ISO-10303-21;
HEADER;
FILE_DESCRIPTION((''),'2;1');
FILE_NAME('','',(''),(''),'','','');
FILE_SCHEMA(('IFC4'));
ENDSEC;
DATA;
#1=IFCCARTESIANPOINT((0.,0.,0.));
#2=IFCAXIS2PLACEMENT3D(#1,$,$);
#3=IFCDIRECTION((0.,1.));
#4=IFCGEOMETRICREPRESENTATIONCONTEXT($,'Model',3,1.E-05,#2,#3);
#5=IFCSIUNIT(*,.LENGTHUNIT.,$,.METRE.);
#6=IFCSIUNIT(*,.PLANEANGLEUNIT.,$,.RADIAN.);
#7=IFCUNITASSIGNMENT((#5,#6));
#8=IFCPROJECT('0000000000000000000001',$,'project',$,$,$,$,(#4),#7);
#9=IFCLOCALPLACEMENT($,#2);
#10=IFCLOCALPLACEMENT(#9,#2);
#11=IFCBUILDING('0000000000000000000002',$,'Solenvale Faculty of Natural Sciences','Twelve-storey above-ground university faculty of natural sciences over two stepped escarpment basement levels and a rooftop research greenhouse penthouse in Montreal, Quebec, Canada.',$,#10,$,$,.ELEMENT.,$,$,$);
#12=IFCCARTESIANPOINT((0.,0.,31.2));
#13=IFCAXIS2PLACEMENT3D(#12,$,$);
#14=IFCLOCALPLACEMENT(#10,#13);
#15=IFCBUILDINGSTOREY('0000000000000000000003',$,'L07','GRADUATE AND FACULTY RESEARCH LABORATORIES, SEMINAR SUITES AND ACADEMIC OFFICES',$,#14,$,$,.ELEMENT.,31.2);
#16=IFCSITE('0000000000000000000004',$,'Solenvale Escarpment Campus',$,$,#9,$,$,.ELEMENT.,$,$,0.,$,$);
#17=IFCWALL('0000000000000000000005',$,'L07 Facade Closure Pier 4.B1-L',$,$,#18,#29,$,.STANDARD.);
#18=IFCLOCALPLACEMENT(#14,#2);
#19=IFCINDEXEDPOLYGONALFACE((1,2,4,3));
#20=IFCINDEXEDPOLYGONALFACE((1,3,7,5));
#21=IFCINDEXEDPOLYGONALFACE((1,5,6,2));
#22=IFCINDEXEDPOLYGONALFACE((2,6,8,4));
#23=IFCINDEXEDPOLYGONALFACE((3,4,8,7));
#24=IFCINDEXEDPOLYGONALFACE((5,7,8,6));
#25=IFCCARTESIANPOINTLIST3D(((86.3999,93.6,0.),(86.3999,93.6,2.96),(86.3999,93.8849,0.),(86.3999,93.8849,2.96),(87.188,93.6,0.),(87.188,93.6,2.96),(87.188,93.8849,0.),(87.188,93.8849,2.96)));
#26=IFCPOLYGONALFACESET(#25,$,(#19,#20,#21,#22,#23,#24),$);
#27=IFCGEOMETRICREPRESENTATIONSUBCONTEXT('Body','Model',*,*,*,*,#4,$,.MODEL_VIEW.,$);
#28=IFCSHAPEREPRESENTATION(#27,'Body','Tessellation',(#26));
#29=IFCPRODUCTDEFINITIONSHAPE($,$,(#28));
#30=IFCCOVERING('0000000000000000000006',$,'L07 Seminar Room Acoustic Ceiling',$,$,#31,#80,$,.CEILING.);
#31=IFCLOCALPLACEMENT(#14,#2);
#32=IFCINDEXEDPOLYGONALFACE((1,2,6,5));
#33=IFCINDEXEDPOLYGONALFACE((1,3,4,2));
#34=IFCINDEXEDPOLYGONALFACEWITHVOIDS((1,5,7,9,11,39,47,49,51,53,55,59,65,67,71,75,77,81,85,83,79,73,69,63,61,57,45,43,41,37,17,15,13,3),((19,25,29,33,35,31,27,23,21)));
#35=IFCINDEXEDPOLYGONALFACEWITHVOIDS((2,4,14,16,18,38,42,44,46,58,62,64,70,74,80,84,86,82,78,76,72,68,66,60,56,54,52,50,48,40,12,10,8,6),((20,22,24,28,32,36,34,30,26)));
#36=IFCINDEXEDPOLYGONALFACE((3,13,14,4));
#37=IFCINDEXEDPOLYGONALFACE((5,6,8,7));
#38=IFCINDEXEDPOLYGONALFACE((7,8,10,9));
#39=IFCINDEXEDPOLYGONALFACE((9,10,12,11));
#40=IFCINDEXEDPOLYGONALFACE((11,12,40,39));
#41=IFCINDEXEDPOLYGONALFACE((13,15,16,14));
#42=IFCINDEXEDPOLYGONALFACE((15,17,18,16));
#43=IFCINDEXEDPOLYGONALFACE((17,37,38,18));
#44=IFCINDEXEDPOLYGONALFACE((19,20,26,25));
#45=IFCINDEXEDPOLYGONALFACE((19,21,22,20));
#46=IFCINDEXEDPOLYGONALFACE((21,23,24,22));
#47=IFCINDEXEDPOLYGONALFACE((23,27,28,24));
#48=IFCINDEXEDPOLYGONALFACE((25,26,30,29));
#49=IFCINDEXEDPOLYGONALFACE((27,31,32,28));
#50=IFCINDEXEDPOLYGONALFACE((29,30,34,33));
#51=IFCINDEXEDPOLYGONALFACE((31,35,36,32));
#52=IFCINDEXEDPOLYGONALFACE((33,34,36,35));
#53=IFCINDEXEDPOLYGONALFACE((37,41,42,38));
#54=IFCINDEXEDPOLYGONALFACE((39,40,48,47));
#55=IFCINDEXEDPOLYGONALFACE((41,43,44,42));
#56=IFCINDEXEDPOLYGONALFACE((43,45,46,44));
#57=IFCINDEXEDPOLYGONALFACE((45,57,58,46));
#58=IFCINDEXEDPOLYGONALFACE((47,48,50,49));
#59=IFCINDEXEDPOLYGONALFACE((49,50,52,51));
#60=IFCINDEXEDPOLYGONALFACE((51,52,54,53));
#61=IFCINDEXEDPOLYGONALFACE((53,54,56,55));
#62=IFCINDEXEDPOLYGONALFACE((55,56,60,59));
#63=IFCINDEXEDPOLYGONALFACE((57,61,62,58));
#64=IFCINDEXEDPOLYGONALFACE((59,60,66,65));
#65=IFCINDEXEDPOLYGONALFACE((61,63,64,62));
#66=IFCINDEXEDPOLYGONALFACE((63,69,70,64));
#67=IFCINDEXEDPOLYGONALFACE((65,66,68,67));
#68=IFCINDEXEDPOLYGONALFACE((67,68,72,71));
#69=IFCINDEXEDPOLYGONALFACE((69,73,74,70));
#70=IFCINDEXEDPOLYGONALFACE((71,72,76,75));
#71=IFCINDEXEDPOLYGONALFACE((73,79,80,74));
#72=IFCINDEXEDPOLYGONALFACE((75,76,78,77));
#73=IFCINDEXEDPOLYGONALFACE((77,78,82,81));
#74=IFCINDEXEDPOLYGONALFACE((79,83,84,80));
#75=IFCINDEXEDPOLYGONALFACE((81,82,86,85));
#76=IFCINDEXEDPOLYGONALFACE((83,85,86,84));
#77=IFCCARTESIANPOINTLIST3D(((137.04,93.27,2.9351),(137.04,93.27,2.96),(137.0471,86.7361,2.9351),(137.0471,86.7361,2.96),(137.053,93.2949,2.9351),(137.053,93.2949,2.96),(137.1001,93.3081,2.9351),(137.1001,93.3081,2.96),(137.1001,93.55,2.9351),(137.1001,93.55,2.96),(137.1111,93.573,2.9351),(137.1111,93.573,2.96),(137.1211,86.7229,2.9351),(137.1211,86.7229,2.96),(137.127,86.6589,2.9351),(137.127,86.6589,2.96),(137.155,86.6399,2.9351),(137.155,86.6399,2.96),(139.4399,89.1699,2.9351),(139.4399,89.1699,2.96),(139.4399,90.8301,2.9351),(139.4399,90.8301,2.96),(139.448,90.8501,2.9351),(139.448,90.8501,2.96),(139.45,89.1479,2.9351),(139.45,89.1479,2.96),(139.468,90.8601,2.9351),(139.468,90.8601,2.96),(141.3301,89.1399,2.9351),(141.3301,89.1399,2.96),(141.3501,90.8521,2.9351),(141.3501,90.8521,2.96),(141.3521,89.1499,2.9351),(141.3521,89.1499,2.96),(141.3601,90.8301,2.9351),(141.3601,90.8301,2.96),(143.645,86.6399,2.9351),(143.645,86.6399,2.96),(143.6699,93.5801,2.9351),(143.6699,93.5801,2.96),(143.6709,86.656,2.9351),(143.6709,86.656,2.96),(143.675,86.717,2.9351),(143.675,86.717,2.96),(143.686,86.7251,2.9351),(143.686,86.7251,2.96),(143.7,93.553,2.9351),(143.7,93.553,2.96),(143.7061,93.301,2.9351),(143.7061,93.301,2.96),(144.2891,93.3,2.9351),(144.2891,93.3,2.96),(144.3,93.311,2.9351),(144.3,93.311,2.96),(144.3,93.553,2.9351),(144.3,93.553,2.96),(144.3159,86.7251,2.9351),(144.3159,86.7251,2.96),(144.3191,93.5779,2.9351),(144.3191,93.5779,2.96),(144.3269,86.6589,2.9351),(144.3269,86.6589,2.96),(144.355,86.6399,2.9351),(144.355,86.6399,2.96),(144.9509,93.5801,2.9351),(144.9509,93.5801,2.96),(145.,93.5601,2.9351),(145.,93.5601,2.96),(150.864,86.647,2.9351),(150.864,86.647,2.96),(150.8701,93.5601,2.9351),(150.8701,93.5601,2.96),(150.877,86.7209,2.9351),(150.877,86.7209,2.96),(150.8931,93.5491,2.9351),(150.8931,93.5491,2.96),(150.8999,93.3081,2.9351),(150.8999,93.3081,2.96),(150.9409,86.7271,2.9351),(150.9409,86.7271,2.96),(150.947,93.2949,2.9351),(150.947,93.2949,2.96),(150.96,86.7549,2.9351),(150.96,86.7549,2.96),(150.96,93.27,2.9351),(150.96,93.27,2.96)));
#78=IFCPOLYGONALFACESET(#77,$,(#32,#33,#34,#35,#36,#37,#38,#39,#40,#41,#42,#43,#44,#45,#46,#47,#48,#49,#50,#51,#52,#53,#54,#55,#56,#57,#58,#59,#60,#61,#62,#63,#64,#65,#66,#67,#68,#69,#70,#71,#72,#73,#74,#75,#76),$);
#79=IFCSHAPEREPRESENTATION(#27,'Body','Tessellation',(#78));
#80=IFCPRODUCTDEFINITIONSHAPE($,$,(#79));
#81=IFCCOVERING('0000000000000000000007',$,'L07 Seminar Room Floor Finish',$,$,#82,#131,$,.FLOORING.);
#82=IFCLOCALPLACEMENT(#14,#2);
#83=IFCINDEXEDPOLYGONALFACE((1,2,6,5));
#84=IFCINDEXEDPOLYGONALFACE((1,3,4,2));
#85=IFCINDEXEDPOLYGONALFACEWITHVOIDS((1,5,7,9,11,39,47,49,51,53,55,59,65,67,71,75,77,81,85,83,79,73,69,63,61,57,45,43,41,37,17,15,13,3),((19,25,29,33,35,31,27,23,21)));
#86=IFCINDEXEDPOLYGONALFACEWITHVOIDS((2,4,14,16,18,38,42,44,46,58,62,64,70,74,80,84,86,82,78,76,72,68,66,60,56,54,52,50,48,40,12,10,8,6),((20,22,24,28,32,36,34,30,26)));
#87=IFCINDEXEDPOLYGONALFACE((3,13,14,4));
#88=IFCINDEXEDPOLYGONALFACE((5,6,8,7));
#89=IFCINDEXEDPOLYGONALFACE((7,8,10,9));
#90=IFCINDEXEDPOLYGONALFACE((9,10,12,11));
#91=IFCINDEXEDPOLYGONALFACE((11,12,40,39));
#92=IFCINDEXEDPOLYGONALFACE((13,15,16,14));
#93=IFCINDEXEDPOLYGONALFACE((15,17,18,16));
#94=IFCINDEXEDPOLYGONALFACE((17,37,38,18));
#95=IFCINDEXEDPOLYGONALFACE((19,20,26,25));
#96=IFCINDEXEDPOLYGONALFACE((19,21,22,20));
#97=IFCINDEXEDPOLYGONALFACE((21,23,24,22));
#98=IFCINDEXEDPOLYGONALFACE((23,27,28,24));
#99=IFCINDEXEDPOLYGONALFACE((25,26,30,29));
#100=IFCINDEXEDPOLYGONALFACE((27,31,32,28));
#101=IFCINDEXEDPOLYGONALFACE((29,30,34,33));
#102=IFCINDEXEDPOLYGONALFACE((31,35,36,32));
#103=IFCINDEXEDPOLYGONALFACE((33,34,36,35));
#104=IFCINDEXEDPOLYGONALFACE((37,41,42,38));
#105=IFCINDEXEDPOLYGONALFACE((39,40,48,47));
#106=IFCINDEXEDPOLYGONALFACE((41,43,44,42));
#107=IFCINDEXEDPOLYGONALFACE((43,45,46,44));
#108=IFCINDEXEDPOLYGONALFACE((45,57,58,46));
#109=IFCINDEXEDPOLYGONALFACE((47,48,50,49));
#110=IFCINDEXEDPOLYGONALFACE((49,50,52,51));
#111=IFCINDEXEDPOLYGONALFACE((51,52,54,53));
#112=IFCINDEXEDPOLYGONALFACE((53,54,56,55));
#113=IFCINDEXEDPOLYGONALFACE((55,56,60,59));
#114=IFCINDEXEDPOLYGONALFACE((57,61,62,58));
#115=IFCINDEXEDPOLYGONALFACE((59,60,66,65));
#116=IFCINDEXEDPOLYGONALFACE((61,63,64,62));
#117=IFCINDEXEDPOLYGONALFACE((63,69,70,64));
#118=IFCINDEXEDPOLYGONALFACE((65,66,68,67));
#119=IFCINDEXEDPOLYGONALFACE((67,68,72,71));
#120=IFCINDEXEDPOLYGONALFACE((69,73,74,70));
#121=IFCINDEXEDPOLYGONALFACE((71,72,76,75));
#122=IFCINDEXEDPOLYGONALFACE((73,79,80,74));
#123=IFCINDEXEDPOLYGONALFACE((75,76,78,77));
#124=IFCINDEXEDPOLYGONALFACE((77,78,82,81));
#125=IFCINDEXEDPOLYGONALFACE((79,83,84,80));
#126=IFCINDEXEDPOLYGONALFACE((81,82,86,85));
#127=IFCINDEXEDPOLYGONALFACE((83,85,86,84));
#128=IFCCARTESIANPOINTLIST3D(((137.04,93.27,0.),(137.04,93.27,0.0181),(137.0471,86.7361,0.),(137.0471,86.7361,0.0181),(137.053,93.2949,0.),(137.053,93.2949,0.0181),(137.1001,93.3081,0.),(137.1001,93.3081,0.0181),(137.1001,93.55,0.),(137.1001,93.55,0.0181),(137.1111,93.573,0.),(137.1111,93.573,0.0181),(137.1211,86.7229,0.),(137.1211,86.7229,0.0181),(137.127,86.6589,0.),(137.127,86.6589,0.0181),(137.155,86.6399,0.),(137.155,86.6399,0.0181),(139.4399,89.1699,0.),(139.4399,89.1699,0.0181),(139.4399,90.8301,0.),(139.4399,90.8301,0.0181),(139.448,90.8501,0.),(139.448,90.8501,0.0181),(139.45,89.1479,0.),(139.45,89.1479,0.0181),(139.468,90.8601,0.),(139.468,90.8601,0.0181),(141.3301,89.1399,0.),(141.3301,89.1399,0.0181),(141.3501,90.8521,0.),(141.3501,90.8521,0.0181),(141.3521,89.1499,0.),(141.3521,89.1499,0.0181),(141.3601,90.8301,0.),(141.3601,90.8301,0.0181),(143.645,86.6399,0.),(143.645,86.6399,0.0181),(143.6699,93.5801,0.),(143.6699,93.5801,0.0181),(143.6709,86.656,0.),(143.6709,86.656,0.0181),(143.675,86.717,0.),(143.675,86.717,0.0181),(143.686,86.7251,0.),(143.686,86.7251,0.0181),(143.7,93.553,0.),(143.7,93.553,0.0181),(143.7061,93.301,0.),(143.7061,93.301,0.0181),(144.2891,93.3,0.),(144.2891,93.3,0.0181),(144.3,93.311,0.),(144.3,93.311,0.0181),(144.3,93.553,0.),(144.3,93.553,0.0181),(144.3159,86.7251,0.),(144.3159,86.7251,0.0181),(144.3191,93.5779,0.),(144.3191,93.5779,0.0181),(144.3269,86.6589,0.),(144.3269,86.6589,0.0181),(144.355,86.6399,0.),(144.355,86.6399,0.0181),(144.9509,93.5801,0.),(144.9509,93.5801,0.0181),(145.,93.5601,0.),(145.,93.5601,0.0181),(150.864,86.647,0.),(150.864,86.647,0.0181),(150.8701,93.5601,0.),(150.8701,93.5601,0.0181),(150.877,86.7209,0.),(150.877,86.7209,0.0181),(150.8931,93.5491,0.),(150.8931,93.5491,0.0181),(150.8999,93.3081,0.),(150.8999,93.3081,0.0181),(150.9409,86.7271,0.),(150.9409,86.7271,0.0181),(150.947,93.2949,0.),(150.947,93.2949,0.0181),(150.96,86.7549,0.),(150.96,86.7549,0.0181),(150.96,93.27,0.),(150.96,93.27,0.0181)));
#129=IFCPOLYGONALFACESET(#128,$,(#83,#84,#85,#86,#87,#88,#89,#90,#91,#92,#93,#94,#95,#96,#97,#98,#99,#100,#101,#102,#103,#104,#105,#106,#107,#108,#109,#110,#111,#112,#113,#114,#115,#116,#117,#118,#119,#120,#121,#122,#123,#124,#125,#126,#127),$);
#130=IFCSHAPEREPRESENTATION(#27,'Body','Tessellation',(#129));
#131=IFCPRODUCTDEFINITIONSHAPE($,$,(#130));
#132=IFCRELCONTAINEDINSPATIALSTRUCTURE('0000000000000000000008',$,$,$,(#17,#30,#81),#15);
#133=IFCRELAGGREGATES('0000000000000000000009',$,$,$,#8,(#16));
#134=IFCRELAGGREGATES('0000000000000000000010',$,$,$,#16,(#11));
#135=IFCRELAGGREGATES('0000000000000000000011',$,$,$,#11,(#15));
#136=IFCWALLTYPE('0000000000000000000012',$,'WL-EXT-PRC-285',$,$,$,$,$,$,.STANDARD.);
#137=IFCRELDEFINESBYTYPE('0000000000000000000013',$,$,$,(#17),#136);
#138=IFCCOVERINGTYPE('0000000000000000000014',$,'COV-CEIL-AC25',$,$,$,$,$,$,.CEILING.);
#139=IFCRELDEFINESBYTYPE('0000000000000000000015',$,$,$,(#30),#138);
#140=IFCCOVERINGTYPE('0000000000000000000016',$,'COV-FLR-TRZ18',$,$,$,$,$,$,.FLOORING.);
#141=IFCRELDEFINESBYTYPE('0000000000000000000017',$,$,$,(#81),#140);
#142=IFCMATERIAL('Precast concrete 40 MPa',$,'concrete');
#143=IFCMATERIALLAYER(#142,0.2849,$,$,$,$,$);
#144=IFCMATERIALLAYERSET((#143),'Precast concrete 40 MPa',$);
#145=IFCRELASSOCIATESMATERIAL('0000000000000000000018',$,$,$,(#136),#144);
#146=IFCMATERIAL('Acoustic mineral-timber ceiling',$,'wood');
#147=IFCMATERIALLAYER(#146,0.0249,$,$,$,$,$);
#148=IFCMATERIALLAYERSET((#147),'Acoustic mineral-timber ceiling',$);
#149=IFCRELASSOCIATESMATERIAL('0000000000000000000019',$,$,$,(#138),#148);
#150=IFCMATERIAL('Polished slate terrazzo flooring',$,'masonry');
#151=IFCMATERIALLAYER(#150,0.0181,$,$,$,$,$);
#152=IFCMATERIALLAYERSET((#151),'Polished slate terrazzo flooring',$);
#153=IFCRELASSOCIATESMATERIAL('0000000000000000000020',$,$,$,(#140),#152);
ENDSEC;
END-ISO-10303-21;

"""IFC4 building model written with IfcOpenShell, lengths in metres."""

from ifc_helpers import new_model, si_unit, direction, frame, frame_2d, origin, place, context, subcontext, project, spatial, polyline, rectangle, outline, extrude, material, layer, layer_set, type_object, element, save


model = new_model("IFC4")

# Units and contexts
model_context = context("Model", 3, precision=1e-05, world=origin(), true_north=direction((0.0, 1.0)))
body_context = subcontext(model_context, "Body", "Model", "MODEL_VIEW")
ifc_project = project(units=[si_unit("LENGTHUNIT", "METRE"), si_unit("PLANEANGLEUNIT", "RADIAN")], contexts=[model_context])

# Site, building, storey
site_placement = place(None, origin())
site = spatial("IfcSite", under=ifc_project, at=site_placement, Name="Solenvale Escarpment Campus", CompositionType="ELEMENT", RefElevation=0.0)
building_placement = place(site_placement, origin())
building = spatial("IfcBuilding", under=site, at=building_placement, Name="Solenvale Faculty of Natural Sciences", Description="Twelve-storey above-ground university faculty of natural sciences over two stepped escarpment basement levels and a rooftop research greenhouse penthouse in Montreal, Quebec, Canada.", CompositionType="ELEMENT")
storey_placement = place(building_placement, frame((0.0, 0.0, 31.2)))
storey = spatial("IfcBuildingStorey", under=building, at=storey_placement, Name="L07", Description="GRADUATE AND FACULTY RESEARCH LABORATORIES, SEMINAR SUITES AND ACADEMIC OFFICES", CompositionType="ELEMENT", Elevation=31.2)

# Wall
ifc_material_1 = material(Name="Precast concrete 40 MPa", Category="concrete")
ifc_layer_1 = layer(ifc_material_1, 0.2849)
ifc_layer_set_1 = layer_set([ifc_layer_1], Name="Precast concrete 40 MPa")
wall_type = type_object("IfcWallType", Name="WL-EXT-PRC-285", PredefinedType="STANDARD", material=ifc_layer_set_1)
wall_1_placement = place(storey_placement, frame((86.3999, 93.7424, 0.0), z_axis=(0.0, 0.0, 1.0), x_axis=(1.0, 0.0, 0.0)))
element("IfcWall", 1, at=wall_1_placement, inside=storey, type_object=wall_type, Name="L07 Facade Closure Pier 4.B1-L", PredefinedType="STANDARD", context=body_context, shape_type="SweptSolid", body=[
    extrude(rectangle(XDim=0.7881, YDim=0.2849, at=frame_2d((0.394, 0.0))), origin(), (0.0, 0.0, 1.0), 2.96),
])

# Coverings
ifc_material_2 = material(Name="Acoustic mineral-timber ceiling", Category="wood")
ifc_layer_2 = layer(ifc_material_2, 0.0249)
ifc_layer_set_2 = layer_set([ifc_layer_2], Name="Acoustic mineral-timber ceiling")
covering_type_1 = type_object("IfcCoveringType", Name="COV-CEIL-AC25", PredefinedType="CEILING", material=ifc_layer_set_2)
covering_1_placement = place(storey_placement, frame((0.0, 0.0, 2.9351)))
element("IfcCovering", 2, at=covering_1_placement, inside=storey, type_object=covering_type_1, Name="L07 Seminar Room Acoustic Ceiling", PredefinedType="CEILING", context=body_context, shape_type="SweptSolid", body=[
    extrude(outline(polyline([(144.9509, 93.5801), (145.0, 93.5601), (150.8701, 93.5601), (150.8931, 93.5491), (150.8999, 93.3081), (150.947, 93.2949), (150.96, 93.27), (150.96, 86.7549), (150.9409, 86.7271), (150.877, 86.7209), (150.864, 86.647), (144.355, 86.6399), (144.3269, 86.6589), (144.3159, 86.7251), (143.686, 86.7251), (143.675, 86.717), (143.6709, 86.656), (143.645, 86.6399), (137.155, 86.6399), (137.127, 86.6589), (137.1211, 86.7229), (137.0471, 86.7361), (137.04, 93.27), (137.053, 93.2949), (137.1001, 93.3081), (137.1001, 93.55), (137.1111, 93.573), (143.6699, 93.5801), (143.7, 93.553), (143.7061, 93.301), (144.2891, 93.3), (144.3, 93.311), (144.3, 93.553), (144.3191, 93.5779), (144.9509, 93.5801)]), holes=[polyline([(139.468, 90.8601), (139.448, 90.8501), (139.4399, 90.8301), (139.4399, 89.1699), (139.45, 89.1479), (141.3301, 89.1399), (141.3521, 89.1499), (141.3601, 90.8301), (141.3501, 90.8521), (139.468, 90.8601)])]), origin(), (0.0, 0.0, 1.0), 0.0249),
])
ifc_material_3 = material(Name="Polished slate terrazzo flooring", Category="masonry")
ifc_layer_3 = layer(ifc_material_3, 0.0181)
ifc_layer_set_3 = layer_set([ifc_layer_3], Name="Polished slate terrazzo flooring")
covering_type_2 = type_object("IfcCoveringType", Name="COV-FLR-TRZ18", PredefinedType="FLOORING", material=ifc_layer_set_3)
covering_2_placement = place(storey_placement, origin())
element("IfcCovering", 3, at=covering_2_placement, inside=storey, type_object=covering_type_2, Name="L07 Seminar Room Floor Finish", PredefinedType="FLOORING", context=body_context, shape_type="SweptSolid", body=[
    extrude(outline(polyline([(144.9509, 93.5801), (145.0, 93.5601), (150.8701, 93.5601), (150.8931, 93.5491), (150.8999, 93.3081), (150.947, 93.2949), (150.96, 93.27), (150.96, 86.7549), (150.9409, 86.7271), (150.877, 86.7209), (150.864, 86.647), (144.355, 86.6399), (144.3269, 86.6589), (144.3159, 86.7251), (143.686, 86.7251), (143.675, 86.717), (143.6709, 86.656), (143.645, 86.6399), (137.155, 86.6399), (137.127, 86.6589), (137.1211, 86.7229), (137.0471, 86.7361), (137.04, 93.27), (137.053, 93.2949), (137.1001, 93.3081), (137.1001, 93.55), (137.1111, 93.573), (143.6699, 93.5801), (143.7, 93.553), (143.7061, 93.301), (144.2891, 93.3), (144.3, 93.311), (144.3, 93.553), (144.3191, 93.5779), (144.9509, 93.5801)]), holes=[polyline([(139.468, 90.8601), (139.448, 90.8501), (139.4399, 90.8301), (139.4399, 89.1699), (139.45, 89.1479), (141.3301, 89.1399), (141.3521, 89.1499), (141.3601, 90.8301), (141.3501, 90.8521), (139.468, 90.8601)])]), origin(), (0.0, 0.0, 1.0), 0.0181),
])

save(model, "model.ifc")
